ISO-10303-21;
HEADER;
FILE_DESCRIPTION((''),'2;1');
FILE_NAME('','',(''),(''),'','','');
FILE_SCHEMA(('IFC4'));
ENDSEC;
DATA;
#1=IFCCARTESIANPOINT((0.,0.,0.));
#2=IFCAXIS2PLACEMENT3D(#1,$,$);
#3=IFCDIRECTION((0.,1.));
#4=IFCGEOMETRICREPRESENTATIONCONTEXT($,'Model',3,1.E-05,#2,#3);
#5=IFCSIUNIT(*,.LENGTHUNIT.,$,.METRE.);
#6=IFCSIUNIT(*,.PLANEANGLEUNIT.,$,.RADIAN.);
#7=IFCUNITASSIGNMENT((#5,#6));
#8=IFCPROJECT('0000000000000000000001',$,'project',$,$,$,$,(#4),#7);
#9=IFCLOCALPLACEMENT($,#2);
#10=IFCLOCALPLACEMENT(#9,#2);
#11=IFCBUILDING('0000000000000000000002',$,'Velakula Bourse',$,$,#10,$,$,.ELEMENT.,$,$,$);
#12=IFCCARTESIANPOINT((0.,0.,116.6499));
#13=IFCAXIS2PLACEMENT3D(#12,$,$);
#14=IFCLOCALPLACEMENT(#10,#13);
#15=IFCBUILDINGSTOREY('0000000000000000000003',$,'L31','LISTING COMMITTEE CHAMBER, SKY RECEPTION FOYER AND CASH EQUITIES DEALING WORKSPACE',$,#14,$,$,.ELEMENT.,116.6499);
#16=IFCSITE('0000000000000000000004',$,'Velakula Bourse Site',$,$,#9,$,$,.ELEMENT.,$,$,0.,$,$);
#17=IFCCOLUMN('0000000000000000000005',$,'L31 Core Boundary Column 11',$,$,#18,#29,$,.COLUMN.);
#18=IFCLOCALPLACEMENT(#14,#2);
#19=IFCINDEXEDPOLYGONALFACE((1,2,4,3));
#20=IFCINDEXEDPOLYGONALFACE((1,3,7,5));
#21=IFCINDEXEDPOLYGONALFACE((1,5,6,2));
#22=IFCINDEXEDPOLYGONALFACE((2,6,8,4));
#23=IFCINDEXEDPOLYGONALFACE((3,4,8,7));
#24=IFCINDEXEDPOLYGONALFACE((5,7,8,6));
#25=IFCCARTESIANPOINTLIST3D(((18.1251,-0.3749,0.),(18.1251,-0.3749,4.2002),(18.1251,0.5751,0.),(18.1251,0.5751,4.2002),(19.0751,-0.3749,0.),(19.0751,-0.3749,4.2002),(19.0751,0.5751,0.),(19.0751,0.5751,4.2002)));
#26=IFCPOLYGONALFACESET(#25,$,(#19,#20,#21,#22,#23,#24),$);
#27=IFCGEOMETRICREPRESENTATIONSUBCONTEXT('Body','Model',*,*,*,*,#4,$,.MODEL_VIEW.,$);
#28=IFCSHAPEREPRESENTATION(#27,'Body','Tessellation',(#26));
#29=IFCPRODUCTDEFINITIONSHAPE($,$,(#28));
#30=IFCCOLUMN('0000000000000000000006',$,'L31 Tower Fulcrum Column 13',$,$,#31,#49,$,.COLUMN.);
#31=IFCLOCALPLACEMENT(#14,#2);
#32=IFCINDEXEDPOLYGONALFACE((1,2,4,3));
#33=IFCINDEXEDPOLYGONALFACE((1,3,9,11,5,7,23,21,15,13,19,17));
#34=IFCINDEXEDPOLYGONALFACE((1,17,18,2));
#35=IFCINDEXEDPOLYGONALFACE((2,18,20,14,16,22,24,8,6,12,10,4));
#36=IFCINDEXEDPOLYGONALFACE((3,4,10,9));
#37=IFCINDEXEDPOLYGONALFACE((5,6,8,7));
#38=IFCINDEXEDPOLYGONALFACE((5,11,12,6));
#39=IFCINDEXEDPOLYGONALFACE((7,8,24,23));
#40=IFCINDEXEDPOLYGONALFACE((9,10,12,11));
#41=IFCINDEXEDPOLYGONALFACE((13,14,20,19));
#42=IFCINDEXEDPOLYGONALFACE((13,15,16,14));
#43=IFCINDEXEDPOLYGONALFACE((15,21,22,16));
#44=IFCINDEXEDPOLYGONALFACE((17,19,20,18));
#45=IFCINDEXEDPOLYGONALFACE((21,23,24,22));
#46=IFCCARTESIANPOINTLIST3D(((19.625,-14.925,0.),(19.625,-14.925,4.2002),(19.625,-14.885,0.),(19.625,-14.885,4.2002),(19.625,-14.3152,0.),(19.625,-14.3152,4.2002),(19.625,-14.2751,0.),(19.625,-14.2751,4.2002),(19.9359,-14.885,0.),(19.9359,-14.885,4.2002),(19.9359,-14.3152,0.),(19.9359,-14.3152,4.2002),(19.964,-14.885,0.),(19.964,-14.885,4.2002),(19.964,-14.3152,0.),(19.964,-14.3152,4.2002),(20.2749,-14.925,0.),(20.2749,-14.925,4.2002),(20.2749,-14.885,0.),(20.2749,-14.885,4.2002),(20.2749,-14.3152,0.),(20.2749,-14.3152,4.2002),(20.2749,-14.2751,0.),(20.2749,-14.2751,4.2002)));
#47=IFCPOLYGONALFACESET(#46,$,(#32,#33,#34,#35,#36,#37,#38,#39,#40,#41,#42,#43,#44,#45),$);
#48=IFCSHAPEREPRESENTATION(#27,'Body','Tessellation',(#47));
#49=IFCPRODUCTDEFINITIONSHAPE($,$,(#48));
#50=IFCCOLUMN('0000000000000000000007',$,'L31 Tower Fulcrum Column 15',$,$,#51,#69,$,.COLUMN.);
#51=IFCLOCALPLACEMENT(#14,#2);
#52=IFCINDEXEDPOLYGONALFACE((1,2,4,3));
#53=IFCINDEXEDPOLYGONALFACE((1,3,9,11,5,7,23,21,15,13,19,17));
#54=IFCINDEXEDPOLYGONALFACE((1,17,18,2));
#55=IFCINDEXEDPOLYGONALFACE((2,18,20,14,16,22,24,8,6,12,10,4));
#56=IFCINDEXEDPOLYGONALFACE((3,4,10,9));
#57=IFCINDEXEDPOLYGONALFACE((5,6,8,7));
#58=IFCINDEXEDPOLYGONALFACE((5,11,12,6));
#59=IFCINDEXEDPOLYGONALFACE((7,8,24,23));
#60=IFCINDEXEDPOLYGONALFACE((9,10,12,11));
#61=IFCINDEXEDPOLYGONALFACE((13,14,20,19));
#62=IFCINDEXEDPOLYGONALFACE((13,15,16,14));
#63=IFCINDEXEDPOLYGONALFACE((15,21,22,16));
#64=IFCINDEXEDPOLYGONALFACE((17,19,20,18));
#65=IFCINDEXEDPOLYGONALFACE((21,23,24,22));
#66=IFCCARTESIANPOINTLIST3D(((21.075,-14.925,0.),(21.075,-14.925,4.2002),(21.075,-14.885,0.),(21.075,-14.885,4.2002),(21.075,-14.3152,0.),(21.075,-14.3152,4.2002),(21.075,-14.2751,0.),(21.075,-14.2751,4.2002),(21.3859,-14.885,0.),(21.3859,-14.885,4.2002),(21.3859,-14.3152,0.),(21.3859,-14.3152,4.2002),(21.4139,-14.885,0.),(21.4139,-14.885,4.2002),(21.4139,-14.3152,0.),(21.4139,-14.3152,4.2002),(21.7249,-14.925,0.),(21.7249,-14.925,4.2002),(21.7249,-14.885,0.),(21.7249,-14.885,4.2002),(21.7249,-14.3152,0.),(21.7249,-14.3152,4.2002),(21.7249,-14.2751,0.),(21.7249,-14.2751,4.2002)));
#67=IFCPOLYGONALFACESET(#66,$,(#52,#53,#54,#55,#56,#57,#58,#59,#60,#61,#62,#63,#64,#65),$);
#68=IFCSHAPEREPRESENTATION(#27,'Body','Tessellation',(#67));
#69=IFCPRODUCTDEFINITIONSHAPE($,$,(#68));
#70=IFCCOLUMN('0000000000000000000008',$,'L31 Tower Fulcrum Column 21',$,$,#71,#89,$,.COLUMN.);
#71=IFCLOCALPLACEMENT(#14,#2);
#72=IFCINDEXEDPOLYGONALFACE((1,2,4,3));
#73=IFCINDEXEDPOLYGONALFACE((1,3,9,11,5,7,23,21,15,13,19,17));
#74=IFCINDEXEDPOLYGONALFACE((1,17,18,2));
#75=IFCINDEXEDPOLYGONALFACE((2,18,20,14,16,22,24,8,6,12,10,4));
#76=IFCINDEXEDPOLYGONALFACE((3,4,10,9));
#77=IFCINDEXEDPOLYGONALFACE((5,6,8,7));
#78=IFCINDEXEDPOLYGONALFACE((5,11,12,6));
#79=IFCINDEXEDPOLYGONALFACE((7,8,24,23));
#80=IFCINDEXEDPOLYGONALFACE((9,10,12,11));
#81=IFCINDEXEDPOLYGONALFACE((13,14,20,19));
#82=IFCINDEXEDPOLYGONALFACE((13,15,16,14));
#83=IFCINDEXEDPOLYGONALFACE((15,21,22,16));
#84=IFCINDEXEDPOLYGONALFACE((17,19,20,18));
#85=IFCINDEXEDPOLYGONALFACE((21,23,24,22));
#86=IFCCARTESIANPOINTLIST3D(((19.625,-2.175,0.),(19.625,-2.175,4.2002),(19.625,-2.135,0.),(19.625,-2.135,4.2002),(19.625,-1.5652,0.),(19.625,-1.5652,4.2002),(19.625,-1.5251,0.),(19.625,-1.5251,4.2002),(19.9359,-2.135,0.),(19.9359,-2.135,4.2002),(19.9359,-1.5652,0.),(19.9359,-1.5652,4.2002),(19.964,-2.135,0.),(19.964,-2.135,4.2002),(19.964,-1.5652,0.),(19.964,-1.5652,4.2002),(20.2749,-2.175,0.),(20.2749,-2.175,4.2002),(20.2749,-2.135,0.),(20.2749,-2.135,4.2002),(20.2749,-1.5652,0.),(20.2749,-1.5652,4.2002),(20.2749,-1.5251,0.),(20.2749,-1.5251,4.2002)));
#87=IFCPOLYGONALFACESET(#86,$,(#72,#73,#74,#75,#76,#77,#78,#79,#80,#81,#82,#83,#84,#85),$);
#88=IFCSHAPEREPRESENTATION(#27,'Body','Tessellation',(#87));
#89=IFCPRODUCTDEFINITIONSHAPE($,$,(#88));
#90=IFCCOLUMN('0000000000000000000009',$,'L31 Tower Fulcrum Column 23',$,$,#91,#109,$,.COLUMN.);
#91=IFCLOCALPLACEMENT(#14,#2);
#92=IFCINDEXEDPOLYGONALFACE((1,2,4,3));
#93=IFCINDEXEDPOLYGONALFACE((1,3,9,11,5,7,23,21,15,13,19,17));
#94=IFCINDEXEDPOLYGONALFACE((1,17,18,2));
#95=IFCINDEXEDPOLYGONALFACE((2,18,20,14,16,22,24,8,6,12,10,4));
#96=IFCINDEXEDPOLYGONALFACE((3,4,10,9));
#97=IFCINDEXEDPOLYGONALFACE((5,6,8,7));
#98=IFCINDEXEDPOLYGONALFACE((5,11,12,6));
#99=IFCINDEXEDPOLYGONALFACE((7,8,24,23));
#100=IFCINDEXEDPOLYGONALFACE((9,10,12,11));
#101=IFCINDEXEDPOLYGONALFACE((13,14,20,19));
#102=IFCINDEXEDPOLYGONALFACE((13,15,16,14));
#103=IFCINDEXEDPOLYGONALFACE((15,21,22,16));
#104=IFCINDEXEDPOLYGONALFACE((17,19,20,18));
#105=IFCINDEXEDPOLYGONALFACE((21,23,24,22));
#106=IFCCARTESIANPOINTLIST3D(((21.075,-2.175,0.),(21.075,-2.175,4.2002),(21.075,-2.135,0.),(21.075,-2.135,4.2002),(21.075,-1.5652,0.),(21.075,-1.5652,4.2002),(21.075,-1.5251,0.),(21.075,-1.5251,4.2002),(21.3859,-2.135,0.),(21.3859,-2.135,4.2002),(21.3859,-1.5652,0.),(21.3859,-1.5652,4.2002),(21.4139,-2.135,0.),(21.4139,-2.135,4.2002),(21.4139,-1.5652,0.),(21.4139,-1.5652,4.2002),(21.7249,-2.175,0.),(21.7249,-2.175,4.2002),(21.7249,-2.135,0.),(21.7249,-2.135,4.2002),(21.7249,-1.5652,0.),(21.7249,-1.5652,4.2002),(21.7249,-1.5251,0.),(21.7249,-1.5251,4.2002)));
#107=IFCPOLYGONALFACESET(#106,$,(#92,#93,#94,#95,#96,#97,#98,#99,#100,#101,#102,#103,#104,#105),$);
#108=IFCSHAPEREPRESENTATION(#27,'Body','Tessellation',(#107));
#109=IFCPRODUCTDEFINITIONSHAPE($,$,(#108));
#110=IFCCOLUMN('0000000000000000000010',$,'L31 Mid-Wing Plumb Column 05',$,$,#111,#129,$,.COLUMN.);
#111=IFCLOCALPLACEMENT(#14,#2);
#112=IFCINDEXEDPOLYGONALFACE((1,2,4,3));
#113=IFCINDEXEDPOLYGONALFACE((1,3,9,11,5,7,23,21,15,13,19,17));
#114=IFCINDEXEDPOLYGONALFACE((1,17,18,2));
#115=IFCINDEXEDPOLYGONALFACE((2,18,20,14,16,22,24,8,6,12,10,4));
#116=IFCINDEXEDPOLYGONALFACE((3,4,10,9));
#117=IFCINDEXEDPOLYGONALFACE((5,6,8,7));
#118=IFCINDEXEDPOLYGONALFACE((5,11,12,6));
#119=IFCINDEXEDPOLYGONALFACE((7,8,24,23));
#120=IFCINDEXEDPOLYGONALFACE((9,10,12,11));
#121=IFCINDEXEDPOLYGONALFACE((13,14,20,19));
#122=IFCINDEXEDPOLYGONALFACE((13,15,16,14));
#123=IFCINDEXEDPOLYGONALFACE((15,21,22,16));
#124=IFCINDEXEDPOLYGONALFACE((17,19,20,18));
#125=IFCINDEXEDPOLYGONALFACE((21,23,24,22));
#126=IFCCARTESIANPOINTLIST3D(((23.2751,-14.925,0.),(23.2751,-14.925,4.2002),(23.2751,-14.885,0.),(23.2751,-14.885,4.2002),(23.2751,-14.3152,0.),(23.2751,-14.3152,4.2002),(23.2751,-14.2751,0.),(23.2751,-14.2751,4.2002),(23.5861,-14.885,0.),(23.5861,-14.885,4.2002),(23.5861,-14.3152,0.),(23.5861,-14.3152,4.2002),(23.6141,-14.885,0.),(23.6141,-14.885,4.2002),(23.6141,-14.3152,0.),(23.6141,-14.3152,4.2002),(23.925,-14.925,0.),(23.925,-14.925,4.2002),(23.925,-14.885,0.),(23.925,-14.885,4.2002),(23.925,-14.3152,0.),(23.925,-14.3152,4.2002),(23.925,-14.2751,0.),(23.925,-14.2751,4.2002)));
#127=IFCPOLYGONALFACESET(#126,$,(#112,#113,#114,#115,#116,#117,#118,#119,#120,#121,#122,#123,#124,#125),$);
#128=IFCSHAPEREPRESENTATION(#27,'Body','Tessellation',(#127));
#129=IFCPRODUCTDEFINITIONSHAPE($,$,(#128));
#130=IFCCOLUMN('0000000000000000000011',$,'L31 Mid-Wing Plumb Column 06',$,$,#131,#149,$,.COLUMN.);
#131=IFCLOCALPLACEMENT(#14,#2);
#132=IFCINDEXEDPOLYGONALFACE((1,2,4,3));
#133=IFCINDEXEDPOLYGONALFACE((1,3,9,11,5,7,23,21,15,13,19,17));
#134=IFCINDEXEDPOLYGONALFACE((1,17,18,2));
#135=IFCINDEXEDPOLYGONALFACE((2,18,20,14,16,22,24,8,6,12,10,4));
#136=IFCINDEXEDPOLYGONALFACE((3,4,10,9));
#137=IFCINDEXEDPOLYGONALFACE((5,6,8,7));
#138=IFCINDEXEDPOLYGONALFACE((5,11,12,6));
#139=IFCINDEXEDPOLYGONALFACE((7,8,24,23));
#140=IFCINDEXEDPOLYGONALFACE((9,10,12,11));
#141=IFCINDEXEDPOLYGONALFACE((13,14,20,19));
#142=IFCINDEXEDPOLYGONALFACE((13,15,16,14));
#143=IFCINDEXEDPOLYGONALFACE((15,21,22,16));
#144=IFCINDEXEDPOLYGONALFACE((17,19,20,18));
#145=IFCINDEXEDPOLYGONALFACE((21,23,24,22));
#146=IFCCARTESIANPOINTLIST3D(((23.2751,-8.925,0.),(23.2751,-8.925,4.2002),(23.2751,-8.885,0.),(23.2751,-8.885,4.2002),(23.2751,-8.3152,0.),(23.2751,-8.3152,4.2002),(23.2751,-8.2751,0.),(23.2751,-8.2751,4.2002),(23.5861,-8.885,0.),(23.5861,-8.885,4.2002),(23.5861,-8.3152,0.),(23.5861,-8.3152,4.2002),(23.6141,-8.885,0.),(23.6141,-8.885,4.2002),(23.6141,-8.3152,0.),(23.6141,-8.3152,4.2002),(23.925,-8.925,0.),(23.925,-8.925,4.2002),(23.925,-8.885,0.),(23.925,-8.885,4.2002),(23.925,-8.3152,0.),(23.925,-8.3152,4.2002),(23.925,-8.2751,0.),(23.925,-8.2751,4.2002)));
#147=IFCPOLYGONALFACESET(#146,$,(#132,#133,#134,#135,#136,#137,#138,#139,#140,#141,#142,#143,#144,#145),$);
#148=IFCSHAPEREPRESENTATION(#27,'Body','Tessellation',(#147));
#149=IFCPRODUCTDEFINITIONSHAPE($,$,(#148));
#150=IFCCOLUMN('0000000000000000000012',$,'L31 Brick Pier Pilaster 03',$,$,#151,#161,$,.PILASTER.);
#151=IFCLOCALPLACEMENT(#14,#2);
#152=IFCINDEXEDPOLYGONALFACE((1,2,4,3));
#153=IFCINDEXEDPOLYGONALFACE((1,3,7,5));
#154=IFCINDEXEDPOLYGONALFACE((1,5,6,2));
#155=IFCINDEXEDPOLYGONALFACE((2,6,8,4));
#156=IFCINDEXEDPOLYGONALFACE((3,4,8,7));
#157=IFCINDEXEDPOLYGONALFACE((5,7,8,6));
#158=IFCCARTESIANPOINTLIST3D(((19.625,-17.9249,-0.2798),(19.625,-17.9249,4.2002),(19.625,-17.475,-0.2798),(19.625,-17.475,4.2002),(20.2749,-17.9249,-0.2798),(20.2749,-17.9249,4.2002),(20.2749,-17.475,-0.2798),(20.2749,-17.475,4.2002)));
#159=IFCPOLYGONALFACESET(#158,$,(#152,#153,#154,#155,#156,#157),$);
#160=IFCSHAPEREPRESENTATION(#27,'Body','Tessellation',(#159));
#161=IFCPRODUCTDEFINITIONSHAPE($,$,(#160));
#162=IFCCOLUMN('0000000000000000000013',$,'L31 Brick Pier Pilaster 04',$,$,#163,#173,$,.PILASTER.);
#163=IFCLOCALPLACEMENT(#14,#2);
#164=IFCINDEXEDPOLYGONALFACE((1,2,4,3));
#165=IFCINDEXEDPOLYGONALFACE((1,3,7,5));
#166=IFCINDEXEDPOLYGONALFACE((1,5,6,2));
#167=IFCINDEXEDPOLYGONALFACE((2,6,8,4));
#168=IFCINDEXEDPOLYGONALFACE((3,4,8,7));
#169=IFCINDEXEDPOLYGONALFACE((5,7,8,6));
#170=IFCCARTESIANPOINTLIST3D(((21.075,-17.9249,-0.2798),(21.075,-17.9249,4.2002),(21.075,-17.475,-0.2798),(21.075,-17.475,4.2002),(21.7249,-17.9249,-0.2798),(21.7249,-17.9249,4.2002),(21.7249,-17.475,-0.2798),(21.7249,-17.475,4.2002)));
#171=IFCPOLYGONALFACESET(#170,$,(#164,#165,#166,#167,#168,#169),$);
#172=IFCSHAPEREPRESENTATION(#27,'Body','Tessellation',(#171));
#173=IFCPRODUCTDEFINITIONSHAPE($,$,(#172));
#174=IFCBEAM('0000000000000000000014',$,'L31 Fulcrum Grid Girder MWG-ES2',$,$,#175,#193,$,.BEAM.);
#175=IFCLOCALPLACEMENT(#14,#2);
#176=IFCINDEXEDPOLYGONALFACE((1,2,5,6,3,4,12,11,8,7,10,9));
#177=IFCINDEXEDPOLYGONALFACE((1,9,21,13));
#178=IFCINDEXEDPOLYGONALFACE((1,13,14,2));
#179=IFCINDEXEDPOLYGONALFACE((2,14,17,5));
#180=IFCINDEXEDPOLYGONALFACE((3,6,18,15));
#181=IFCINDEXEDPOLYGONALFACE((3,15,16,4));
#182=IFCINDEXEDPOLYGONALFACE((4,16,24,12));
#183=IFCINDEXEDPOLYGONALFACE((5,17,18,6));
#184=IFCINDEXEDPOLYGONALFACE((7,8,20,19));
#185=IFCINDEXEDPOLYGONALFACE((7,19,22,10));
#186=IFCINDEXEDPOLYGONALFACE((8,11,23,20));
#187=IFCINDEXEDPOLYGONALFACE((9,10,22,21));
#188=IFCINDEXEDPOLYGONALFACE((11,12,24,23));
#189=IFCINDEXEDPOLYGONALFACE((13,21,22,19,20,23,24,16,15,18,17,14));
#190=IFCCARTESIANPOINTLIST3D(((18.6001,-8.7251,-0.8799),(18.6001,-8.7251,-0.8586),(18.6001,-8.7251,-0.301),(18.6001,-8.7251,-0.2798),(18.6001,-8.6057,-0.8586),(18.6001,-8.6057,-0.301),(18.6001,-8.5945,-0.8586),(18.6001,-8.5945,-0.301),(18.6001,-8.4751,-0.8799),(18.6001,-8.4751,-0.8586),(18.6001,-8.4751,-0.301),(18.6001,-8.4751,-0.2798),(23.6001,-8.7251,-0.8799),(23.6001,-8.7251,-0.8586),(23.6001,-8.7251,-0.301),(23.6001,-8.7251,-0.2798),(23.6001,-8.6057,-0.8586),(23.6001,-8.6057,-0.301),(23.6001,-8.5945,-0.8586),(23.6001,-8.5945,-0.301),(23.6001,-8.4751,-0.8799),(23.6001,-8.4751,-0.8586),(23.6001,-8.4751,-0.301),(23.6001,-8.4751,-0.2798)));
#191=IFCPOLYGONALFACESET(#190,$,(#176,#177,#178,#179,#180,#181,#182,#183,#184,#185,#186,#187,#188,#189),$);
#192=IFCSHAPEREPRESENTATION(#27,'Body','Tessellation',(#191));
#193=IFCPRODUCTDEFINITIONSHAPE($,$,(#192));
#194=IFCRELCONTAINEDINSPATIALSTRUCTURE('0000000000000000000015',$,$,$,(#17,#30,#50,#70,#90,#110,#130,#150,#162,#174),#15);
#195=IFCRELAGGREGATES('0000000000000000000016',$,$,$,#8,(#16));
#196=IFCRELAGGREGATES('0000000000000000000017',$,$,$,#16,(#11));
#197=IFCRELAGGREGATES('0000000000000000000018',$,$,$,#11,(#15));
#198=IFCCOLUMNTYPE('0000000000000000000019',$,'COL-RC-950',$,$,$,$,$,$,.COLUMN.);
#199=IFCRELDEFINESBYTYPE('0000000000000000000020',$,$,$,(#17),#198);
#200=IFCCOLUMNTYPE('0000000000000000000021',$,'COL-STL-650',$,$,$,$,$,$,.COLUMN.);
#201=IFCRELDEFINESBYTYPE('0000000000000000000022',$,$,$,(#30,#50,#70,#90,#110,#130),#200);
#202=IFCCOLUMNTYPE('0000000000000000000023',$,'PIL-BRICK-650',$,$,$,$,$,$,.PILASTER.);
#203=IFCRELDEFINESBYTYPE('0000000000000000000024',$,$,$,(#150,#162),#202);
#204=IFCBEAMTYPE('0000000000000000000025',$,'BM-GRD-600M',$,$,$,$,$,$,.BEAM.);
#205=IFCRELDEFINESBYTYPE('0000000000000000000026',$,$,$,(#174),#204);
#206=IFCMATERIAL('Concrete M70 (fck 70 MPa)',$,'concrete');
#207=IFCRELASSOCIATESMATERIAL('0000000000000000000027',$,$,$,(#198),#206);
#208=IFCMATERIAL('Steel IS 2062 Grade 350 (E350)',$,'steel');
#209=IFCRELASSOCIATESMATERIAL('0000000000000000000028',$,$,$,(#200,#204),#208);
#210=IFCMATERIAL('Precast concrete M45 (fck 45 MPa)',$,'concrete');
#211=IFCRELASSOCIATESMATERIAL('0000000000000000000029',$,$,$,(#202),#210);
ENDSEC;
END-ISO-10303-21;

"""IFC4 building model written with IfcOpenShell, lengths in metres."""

from ifc_helpers import new_model, si_unit, direction, frame, origin, origin_2d, place, context, subcontext, project, spatial, rectangle, i_section, extrude, material, material_profile, profile_set, type_object, element, save


model = new_model("IFC4")

# Units and contexts
model_context = context("Model", 3, precision=1e-05, world=origin(), true_north=direction((0.0, 1.0)))
body_context = subcontext(model_context, "Body", "Model", "MODEL_VIEW")
ifc_project = project(units=[si_unit("LENGTHUNIT", "METRE"), si_unit("PLANEANGLEUNIT", "RADIAN")], contexts=[model_context])

# Site, building, storey
site_placement = place(None, origin())
site = spatial("IfcSite", under=ifc_project, at=site_placement, Name="Velakula Bourse Site", CompositionType="ELEMENT", RefElevation=0.0)
building_placement = place(site_placement, origin())
building = spatial("IfcBuilding", under=site, at=building_placement, Name="Velakula Bourse", CompositionType="ELEMENT")
storey_placement = place(building_placement, frame((0.0, 0.0, 116.6499)))
storey = spatial("IfcBuildingStorey", under=building, at=storey_placement, Name="L31", Description="LISTING COMMITTEE CHAMBER, SKY RECEPTION FOYER AND CASH EQUITIES DEALING WORKSPACE", CompositionType="ELEMENT", Elevation=116.6499)

# Columns
ifc_material_1 = material(Name="Concrete M70 (fck 70 MPa)", Category="concrete")
ifc_material_profile_1 = material_profile(ifc_material_1, rectangle(XDim=0.95, YDim=0.95, at=origin_2d()), Name="Concrete M70 (fck 70 MPa)")
ifc_profile_set_1 = profile_set([ifc_material_profile_1], Name="Concrete M70 (fck 70 MPa)")
column_type_1 = type_object("IfcColumnType", Name="COL-RC-950", PredefinedType="COLUMN", material=ifc_profile_set_1)
column_placement = place(storey_placement, frame((18.6001, 0.1001, 0.0), z_axis=(0.0, 0.0, 1.0), x_axis=(1.0, 0.0, 0.0)))
element("IfcColumn", 1, at=column_placement, inside=storey, type_object=column_type_1, Name="L31 Core Boundary Column 11", PredefinedType="COLUMN", context=body_context, shape_type="SweptSolid", body=[
    extrude(rectangle(XDim=0.95, YDim=0.95, at=origin_2d()), origin(), (0.0, 0.0, 1.0), 4.2002),
])
ifc_material_2 = material(Name="Steel IS 2062 Grade 350 (E350)", Category="steel")
ifc_material_profile_2 = material_profile(ifc_material_2, i_section(OverallWidth=0.6499, OverallDepth=0.6499, WebThickness=0.0281, FlangeThickness=0.04, at=origin_2d()), Name="Steel IS 2062 Grade 350 (E350)")
ifc_profile_set_2 = profile_set([ifc_material_profile_2], Name="Steel IS 2062 Grade 350 (E350)")
column_type_2 = type_object("IfcColumnType", Name="COL-STL-650", PredefinedType="COLUMN", material=ifc_profile_set_2)
for number, where, z_axis, x_axis, name in (
    (2, (19.95, -14.6001, 0.0), (0.0, 0.0, 1.0), (1.0, 0.0, 0.0), "L31 Tower Fulcrum Column 13"),
    (3, (21.3999, -14.6001, 0.0), (0.0, 0.0, 1.0), (1.0, 0.0, 0.0), "L31 Tower Fulcrum Column 15"),
    (4, (19.95, -1.8501, 0.0), (0.0, 0.0, 1.0), (1.0, 0.0, 0.0), "L31 Tower Fulcrum Column 21"),
    (5, (21.3999, -1.8501, 0.0), (0.0, 0.0, 1.0), (1.0, 0.0, 0.0), "L31 Tower Fulcrum Column 23"),
    (6, (23.6001, -14.6001, 0.0), (0.0, 0.0, 1.0), (1.0, 0.0, 0.0), "L31 Mid-Wing Plumb Column 05"),
    (7, (23.6001, -8.6001, 0.0), (0.0, 0.0, 1.0), (1.0, 0.0, 0.0), "L31 Mid-Wing Plumb Column 06"),
):
    element("IfcColumn", number, at=place(storey_placement, frame(where, z_axis=z_axis, x_axis=x_axis)), inside=storey, type_object=column_type_2, Name=name, PredefinedType="COLUMN", context=body_context, shape_type="SweptSolid", body=[
        extrude(i_section(OverallWidth=0.6499, OverallDepth=0.6499, WebThickness=0.0281, FlangeThickness=0.04, at=origin_2d()), origin(), (0.0, 0.0, 1.0), 4.2002),
    ])
ifc_material_3 = material(Name="Precast concrete M45 (fck 45 MPa)", Category="concrete")
ifc_material_profile_3 = material_profile(ifc_material_3, rectangle(XDim=0.6499, YDim=0.45, at=origin_2d()), Name="Precast concrete M45 (fck 45 MPa)")
ifc_profile_set_3 = profile_set([ifc_material_profile_3], Name="Precast concrete M45 (fck 45 MPa)")
column_type_3 = type_object("IfcColumnType", Name="PIL-BRICK-650", PredefinedType="PILASTER", material=ifc_profile_set_3)
for number, where, z_axis, x_axis, name in (
    (8, (19.95, -17.7, -0.2798), (0.0, 0.0, 1.0), (1.0, 0.0, 0.0), "L31 Brick Pier Pilaster 03"),
    (9, (21.3999, -17.7, -0.2798), (0.0, 0.0, 1.0), (1.0, 0.0, 0.0), "L31 Brick Pier Pilaster 04"),
):
    element("IfcColumn", number, at=place(storey_placement, frame(where, z_axis=z_axis, x_axis=x_axis)), inside=storey, type_object=column_type_3, Name=name, PredefinedType="PILASTER", context=body_context, shape_type="SweptSolid", body=[
        extrude(rectangle(XDim=0.6499, YDim=0.45, at=origin_2d()), origin(), (0.0, 0.0, 1.0), 4.48),
    ])

# Beam
ifc_material_profile_4 = material_profile(ifc_material_2, i_section(OverallWidth=0.25, OverallDepth=0.6001, WebThickness=0.0112, FlangeThickness=0.0212, at=origin_2d()), Name="Steel IS 2062 Grade 350 (E350)")
ifc_profile_set_4 = profile_set([ifc_material_profile_4], Name="Steel IS 2062 Grade 350 (E350)")
beam_type_1 = type_object("IfcBeamType", Name="BM-GRD-600M", PredefinedType="BEAM", material=ifc_profile_set_4)
beam_1_placement = place(storey_placement, frame((18.6001, -8.6001, -0.5798), z_axis=(1.0, 0.0, 0.0), x_axis=(0.0, 1.0, 0.0)))
element("IfcBeam", 10, at=beam_1_placement, inside=storey, type_object=beam_type_1, Name="L31 Fulcrum Grid Girder MWG-ES2", PredefinedType="BEAM", context=body_context, shape_type="SweptSolid", body=[
    extrude(i_section(OverallWidth=0.25, OverallDepth=0.6001, WebThickness=0.0112, FlangeThickness=0.0212, at=origin_2d()), origin(), (0.0, 0.0, 1.0), 5.0),
])

save(model, "model.ifc")
